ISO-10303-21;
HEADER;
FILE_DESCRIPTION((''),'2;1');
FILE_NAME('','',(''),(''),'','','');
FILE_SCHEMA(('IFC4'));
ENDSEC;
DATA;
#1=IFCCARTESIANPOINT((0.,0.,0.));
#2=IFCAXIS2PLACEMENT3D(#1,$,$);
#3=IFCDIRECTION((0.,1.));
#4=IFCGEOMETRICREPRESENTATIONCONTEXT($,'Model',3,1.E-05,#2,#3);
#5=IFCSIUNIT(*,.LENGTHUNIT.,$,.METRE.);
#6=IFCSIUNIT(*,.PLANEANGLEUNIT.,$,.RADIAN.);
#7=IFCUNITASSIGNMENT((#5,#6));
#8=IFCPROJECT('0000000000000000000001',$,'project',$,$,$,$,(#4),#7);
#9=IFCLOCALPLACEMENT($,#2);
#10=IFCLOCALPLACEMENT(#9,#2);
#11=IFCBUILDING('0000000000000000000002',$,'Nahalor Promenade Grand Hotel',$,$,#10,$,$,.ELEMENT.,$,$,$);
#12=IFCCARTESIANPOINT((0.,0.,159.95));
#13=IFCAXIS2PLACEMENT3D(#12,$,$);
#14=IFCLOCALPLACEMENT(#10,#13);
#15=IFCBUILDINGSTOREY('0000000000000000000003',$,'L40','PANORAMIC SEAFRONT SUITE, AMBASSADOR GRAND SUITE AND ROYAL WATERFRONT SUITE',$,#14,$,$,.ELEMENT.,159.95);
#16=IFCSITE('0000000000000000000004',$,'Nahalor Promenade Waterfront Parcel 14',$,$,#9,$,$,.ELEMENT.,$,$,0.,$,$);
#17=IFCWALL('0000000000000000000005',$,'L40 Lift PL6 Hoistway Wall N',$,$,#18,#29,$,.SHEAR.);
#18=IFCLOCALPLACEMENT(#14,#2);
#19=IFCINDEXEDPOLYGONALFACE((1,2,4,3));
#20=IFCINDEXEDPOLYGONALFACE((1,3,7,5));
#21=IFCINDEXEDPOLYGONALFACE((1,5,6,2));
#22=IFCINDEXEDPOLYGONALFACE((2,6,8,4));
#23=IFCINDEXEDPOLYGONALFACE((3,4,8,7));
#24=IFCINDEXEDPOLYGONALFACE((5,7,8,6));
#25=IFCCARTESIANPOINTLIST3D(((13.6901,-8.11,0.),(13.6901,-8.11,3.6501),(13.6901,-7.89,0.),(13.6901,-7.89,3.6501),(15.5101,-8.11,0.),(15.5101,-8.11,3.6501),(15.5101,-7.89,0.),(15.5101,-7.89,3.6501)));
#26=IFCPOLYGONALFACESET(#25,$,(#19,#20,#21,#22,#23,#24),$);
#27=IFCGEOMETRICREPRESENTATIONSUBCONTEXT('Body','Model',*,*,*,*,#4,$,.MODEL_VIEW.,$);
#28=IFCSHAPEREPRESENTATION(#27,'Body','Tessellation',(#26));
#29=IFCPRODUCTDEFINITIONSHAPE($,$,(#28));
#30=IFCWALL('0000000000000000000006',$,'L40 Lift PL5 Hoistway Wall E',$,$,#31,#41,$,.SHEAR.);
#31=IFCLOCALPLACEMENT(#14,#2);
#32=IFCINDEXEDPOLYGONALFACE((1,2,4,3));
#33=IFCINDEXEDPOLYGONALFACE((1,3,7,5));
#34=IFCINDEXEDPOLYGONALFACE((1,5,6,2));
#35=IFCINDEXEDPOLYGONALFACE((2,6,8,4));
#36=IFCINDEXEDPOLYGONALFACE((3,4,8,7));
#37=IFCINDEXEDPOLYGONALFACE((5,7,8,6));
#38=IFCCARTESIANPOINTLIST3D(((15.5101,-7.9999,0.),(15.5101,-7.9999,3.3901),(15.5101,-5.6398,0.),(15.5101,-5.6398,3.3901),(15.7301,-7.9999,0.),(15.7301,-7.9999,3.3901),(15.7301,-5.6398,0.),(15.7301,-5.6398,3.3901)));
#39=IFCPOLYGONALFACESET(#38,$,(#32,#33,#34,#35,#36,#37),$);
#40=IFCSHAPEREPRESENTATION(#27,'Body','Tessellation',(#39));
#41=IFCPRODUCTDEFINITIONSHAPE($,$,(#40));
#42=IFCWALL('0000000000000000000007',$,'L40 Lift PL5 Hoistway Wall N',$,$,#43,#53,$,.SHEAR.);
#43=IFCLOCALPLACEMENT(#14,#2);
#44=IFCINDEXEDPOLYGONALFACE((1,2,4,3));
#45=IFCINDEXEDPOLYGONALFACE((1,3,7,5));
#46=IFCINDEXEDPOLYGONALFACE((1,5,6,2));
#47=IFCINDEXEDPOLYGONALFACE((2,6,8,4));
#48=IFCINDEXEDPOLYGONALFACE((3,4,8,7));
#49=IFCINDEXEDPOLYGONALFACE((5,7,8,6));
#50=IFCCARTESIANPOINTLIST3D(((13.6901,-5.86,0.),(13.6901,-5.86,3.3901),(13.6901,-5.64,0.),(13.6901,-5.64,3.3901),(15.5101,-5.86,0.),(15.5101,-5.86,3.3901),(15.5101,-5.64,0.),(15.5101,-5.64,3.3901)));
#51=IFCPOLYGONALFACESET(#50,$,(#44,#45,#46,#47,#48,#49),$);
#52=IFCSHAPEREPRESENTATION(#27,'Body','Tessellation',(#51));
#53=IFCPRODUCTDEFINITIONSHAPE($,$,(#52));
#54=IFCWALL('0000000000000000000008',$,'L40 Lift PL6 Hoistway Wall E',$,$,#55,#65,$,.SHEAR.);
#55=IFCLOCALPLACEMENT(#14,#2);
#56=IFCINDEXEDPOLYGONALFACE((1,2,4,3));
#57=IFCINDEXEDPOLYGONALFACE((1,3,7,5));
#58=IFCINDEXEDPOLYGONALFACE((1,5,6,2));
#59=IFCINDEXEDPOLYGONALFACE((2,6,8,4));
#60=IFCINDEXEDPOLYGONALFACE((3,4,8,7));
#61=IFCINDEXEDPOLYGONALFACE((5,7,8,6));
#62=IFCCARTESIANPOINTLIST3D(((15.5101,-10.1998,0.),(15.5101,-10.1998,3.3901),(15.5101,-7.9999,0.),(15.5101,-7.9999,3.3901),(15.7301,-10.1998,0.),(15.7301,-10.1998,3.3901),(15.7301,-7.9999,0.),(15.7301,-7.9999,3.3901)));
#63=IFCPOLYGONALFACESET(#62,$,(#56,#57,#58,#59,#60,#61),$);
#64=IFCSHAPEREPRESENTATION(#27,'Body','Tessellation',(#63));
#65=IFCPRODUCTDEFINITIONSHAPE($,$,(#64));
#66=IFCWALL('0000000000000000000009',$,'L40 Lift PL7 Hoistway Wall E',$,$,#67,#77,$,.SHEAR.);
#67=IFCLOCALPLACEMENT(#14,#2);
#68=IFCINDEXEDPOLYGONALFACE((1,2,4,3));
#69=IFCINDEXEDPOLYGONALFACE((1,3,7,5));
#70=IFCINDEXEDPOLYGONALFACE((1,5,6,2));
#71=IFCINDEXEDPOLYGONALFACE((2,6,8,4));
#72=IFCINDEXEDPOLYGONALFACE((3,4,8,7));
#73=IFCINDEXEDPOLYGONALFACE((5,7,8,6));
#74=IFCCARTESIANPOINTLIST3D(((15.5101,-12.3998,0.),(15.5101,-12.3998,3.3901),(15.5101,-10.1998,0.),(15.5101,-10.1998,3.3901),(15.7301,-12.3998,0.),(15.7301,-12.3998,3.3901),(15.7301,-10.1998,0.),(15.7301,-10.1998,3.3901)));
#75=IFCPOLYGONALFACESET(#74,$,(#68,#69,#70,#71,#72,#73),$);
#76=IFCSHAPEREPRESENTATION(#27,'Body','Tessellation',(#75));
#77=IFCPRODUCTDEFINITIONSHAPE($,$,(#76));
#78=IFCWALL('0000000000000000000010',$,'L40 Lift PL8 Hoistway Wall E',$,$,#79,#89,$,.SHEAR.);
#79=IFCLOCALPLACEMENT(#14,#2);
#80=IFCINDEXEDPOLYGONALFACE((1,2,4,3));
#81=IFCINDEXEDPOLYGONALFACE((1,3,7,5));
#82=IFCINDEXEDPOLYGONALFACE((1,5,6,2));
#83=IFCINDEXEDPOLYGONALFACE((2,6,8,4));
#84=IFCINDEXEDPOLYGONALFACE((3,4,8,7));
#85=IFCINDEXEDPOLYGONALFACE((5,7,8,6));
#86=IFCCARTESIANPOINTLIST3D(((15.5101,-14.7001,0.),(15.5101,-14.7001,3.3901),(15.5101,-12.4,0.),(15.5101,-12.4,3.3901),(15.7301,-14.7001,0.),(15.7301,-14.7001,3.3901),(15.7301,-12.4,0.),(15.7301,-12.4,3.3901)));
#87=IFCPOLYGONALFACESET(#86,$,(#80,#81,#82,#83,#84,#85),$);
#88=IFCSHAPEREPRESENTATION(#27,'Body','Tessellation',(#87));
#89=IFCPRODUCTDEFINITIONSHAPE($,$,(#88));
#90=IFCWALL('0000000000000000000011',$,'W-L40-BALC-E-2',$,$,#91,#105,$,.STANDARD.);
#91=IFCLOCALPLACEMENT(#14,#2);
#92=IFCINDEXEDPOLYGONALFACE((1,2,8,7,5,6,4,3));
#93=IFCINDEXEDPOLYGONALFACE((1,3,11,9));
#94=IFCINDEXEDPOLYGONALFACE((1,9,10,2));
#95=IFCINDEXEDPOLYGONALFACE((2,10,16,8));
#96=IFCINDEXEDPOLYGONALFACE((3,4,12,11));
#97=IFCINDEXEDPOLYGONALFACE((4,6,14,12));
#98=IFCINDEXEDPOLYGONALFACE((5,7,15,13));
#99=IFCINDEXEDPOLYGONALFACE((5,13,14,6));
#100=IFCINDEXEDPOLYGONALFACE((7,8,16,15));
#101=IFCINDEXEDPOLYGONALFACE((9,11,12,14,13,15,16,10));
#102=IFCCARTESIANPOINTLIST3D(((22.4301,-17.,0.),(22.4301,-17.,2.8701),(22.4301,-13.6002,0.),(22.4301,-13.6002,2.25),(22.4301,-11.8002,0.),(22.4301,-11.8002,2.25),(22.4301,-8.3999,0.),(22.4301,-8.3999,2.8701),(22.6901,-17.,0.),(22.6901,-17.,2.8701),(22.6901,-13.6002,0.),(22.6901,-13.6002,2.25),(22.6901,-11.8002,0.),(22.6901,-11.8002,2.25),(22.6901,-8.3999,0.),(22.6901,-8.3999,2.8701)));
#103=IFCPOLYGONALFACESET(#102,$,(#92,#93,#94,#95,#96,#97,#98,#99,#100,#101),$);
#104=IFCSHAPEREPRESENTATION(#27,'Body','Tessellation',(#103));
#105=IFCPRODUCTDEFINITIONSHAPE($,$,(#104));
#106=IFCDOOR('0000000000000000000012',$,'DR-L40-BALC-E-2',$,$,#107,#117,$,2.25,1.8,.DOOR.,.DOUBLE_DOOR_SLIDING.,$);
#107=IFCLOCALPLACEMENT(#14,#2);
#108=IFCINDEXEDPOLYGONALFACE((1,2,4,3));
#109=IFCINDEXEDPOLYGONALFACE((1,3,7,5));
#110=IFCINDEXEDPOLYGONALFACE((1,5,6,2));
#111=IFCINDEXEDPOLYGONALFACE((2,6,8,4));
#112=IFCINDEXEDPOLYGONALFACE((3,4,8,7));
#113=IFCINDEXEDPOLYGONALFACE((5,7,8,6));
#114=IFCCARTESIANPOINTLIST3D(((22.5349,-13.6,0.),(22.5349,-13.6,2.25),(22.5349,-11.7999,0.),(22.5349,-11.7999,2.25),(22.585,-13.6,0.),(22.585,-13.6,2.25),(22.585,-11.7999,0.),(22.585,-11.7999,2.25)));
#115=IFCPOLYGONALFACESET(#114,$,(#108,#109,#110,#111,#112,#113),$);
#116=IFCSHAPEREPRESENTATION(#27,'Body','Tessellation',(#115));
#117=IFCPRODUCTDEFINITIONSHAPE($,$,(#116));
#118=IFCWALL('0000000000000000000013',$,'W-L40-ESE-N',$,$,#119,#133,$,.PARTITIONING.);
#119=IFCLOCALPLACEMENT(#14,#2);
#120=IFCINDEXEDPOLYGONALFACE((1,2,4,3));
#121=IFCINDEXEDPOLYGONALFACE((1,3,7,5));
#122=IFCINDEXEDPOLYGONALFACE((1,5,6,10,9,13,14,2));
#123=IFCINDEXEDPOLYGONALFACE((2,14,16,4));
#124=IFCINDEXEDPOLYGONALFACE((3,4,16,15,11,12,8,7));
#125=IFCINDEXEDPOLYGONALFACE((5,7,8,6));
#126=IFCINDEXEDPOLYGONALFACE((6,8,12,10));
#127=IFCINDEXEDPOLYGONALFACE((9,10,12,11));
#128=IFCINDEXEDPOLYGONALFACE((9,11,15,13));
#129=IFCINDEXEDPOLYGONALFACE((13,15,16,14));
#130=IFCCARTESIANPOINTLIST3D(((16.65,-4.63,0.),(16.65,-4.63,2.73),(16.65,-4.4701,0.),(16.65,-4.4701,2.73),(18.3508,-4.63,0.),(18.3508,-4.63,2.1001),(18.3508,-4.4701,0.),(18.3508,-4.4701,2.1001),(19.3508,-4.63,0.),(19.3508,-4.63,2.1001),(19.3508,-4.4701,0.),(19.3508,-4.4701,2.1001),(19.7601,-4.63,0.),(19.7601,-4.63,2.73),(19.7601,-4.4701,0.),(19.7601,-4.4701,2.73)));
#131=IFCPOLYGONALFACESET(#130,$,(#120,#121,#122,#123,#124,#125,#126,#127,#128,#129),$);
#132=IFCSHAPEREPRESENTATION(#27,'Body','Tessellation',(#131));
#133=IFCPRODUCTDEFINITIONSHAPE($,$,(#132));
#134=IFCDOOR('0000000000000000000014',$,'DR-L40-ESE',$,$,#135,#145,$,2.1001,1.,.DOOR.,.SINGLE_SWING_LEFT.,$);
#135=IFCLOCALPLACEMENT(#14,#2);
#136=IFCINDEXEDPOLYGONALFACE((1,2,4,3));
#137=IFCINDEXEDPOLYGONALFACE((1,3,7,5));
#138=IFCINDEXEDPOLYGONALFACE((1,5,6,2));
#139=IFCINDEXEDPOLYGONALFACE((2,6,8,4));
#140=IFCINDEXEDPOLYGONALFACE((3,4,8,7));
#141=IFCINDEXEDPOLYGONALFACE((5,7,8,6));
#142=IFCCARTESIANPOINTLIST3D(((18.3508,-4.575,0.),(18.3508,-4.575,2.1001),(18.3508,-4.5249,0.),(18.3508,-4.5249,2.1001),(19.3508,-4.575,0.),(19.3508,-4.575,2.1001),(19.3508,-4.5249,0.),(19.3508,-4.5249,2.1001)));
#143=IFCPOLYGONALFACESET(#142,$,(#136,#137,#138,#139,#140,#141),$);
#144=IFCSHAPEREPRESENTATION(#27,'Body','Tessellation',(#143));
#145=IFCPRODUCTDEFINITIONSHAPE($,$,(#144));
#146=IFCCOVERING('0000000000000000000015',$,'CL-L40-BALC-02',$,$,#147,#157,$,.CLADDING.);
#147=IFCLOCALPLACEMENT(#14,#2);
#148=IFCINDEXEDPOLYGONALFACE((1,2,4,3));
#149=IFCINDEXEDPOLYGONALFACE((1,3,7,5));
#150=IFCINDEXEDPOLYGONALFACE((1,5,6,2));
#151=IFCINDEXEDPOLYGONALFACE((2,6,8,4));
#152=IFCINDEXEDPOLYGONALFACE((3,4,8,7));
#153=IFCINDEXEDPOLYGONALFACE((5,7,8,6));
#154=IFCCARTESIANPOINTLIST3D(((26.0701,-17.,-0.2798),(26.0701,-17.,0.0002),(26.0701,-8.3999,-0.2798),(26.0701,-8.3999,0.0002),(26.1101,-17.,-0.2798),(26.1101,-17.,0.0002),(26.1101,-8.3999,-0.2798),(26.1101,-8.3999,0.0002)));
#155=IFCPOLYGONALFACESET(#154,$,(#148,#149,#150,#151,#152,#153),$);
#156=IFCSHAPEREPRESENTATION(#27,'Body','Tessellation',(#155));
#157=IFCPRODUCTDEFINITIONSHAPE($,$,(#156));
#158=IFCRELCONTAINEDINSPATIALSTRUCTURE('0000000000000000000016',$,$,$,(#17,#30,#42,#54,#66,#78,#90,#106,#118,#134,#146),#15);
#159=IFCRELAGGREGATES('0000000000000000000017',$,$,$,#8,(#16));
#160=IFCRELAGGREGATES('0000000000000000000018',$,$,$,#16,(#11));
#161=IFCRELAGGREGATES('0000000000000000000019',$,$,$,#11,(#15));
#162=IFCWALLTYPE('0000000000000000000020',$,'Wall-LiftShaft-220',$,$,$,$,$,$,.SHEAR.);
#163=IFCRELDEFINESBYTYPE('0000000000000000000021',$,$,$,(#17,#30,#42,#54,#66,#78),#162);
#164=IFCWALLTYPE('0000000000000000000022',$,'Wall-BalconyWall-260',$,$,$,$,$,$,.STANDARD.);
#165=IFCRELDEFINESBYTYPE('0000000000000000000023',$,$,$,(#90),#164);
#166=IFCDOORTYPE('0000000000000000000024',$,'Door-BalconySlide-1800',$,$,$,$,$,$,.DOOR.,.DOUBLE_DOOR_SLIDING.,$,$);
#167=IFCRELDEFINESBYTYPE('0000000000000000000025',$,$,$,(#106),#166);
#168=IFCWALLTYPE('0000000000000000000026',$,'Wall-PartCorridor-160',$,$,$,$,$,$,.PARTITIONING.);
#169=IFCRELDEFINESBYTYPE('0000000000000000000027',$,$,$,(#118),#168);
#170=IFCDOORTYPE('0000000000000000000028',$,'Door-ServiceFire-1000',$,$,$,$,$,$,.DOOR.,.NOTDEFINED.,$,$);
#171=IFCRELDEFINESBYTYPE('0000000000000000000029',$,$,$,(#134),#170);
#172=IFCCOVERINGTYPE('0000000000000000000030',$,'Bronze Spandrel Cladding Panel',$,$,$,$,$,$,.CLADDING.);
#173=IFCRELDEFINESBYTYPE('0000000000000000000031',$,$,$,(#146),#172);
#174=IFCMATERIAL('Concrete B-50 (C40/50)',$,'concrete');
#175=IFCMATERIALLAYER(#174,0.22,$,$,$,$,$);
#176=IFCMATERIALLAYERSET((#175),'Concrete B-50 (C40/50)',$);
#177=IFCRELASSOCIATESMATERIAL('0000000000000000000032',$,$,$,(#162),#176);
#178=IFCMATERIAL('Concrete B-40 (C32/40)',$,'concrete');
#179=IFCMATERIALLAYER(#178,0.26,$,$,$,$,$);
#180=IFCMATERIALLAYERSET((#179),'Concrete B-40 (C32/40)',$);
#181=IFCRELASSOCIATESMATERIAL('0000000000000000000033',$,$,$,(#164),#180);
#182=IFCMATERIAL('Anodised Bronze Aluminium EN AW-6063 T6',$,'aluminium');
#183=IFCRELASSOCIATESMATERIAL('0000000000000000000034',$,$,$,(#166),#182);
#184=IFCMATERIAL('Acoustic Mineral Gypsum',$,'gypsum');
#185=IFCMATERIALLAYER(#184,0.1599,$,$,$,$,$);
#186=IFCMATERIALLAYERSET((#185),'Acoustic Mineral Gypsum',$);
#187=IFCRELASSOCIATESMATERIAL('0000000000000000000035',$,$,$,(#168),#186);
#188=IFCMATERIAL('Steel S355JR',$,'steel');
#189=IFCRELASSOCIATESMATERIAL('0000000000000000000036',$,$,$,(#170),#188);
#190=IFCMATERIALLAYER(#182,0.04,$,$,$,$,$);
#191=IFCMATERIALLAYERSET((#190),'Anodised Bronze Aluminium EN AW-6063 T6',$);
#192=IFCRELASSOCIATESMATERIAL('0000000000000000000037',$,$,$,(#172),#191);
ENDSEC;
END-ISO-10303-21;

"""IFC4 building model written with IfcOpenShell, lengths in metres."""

from ifc_helpers import new_model, si_unit, direction, frame, frame_2d, origin, origin_2d, place, context, subcontext, project, spatial, rectangle, extrude, source, transform, mapped, material, layer, layer_set, type_object, element, fill, save


model = new_model("IFC4")

# Units and contexts
model_context = context("Model", 3, precision=1e-05, world=origin(), true_north=direction((0.0, 1.0)))
body_context = subcontext(model_context, "Body", "Model", "MODEL_VIEW")
ifc_project = project(units=[si_unit("LENGTHUNIT", "METRE"), si_unit("PLANEANGLEUNIT", "RADIAN")], contexts=[model_context])

# Site, building, storey
site_placement = place(None, origin())
site = spatial("IfcSite", under=ifc_project, at=site_placement, Name="Nahalor Promenade Waterfront Parcel 14", CompositionType="ELEMENT", RefElevation=0.0)
building_placement = place(site_placement, origin())
building = spatial("IfcBuilding", under=site, at=building_placement, Name="Nahalor Promenade Grand Hotel", CompositionType="ELEMENT")
storey_placement = place(building_placement, frame((0.0, 0.0, 159.95)))
storey = spatial("IfcBuildingStorey", under=building, at=storey_placement, Name="L40", Description="PANORAMIC SEAFRONT SUITE, AMBASSADOR GRAND SUITE AND ROYAL WATERFRONT SUITE", CompositionType="ELEMENT", Elevation=159.95)

# Shared definitions
ifc_material_1 = material(Name="Steel S355JR", Category="steel")

# Shared definitions
ifc_material_2 = material(Name="Anodised Bronze Aluminium EN AW-6063 T6", Category="aluminium")

# Walls
ifc_material_3 = material(Name="Concrete B-50 (C40/50)", Category="concrete")
ifc_layer_1 = layer(ifc_material_3, 0.22)
ifc_layer_set_1 = layer_set([ifc_layer_1], Name="Concrete B-50 (C40/50)")
wall_type_1 = type_object("IfcWallType", Name="Wall-LiftShaft-220", PredefinedType="SHEAR", material=ifc_layer_set_1)
shared_shape_1 = source(origin(), body_context, "Body", "SweptSolid", [
    extrude(rectangle(XDim=1.8201, YDim=0.22, at=frame_2d((0.9102, 0.0))), origin(), (0.0, 0.0, 1.0), 3.6501),
])
wall_1_placement = place(storey_placement, frame((13.6899, -8.0, 0.0), z_axis=(0.0, 0.0, 1.0), x_axis=(1.0, 0.0, 0.0)))
element("IfcWall", 1, at=wall_1_placement, inside=storey, type_object=wall_type_1, Name="L40 Lift PL6 Hoistway Wall N", PredefinedType="SHEAR", context=body_context, shape_type="MappedRepresentation", body=[
    mapped(shared_shape_1, transform((0.0, 0.0, 0.0), scale=1.0)),
])
shared_shape_2 = source(origin(), body_context, "Body", "SweptSolid", [
    extrude(rectangle(XDim=2.3601, YDim=0.22, at=frame_2d((1.1802, 0.0))), origin(), (0.0, 0.0, 1.0), 3.3901),
])
wall_2_placement = place(storey_placement, frame((15.6201, -8.0, 0.0), z_axis=(0.0, 0.0, 1.0), x_axis=(0.0, 1.0, 0.0)))
element("IfcWall", 2, at=wall_2_placement, inside=storey, type_object=wall_type_1, Name="L40 Lift PL5 Hoistway Wall E", PredefinedType="SHEAR", context=body_context, shape_type="MappedRepresentation", body=[
    mapped(shared_shape_2, transform((0.0, 0.0, 0.0), scale=1.0)),
])
shared_shape_3 = source(origin(), body_context, "Body", "SweptSolid", [
    extrude(rectangle(XDim=1.8201, YDim=0.22, at=frame_2d((0.9102, 0.0))), origin(), (0.0, 0.0, 1.0), 3.3901),
])
wall_3_placement = place(storey_placement, frame((13.6899, -5.75, 0.0), z_axis=(0.0, 0.0, 1.0), x_axis=(1.0, 0.0, 0.0)))
element("IfcWall", 3, at=wall_3_placement, inside=storey, type_object=wall_type_1, Name="L40 Lift PL5 Hoistway Wall N", PredefinedType="SHEAR", context=body_context, shape_type="MappedRepresentation", body=[
    mapped(shared_shape_3, transform((0.0, 0.0, 0.0), scale=1.0)),
])
shared_shape_4 = source(origin(), body_context, "Body", "SweptSolid", [
    extrude(rectangle(XDim=2.2, YDim=0.22, at=frame_2d((1.1001, 0.0))), origin(), (0.0, 0.0, 1.0), 3.3901),
])
for number, where, z_axis, x_axis, name in (
    (4, (15.6201, -10.2, 0.0), (0.0, 0.0, 1.0), (0.0, 1.0, 0.0), "L40 Lift PL6 Hoistway Wall E"),
    (5, (15.6201, -12.3999, 0.0), (0.0, 0.0, 1.0), (0.0, 1.0, 0.0), "L40 Lift PL7 Hoistway Wall E"),
):
    element("IfcWall", number, at=place(storey_placement, frame(where, z_axis=z_axis, x_axis=x_axis)), inside=storey, type_object=wall_type_1, Name=name, PredefinedType="SHEAR", context=body_context, shape_type="MappedRepresentation", body=[
        mapped(shared_shape_4, transform((0.0, 0.0, 0.0), scale=1.0)),
    ])
shared_shape_5 = source(origin(), body_context, "Body", "SweptSolid", [
    extrude(rectangle(XDim=2.3, YDim=0.22, at=frame_2d((1.1499, 0.0))), origin(), (0.0, 0.0, 1.0), 3.3901),
])
wall_4_placement = place(storey_placement, frame((15.6201, -14.7, 0.0), z_axis=(0.0, 0.0, 1.0), x_axis=(0.0, 1.0, 0.0)))
element("IfcWall", 6, at=wall_4_placement, inside=storey, type_object=wall_type_1, Name="L40 Lift PL8 Hoistway Wall E", PredefinedType="SHEAR", context=body_context, shape_type="MappedRepresentation", body=[
    mapped(shared_shape_5, transform((0.0, 0.0, 0.0), scale=1.0)),
])

# Walls, openings, doors
ifc_material_4 = material(Name="Concrete B-40 (C32/40)", Category="concrete")
ifc_layer_2 = layer(ifc_material_4, 0.26)
ifc_layer_set_2 = layer_set([ifc_layer_2], Name="Concrete B-40 (C32/40)")
wall_type_2 = type_object("IfcWallType", Name="Wall-BalconyWall-260", PredefinedType="STANDARD", material=ifc_layer_set_2)
shared_shape_6 = source(origin(), body_context, "Body", "SweptSolid", [
    extrude(rectangle(XDim=8.6001, YDim=0.26, at=frame_2d((4.3, 0.0))), origin(), (0.0, 0.0, 1.0), 2.8701),
])
wall_5_placement = place(storey_placement, frame((22.5601, -17.0, 0.0), z_axis=(0.0, 0.0, 1.0), x_axis=(0.0, 1.0, 0.0)))
wall_5 = element("IfcWall", 7, at=wall_5_placement, inside=storey, type_object=wall_type_2, Name="W-L40-BALC-E-2", PredefinedType="STANDARD", context=body_context, shape_type="MappedRepresentation", body=[
    mapped(shared_shape_6, transform((0.0, 0.0, 0.0), scale=1.0)),
])
opening_1_placement = place(wall_5_placement, frame((3.3999, 0.0, 0.0)))
opening_1 = element("IfcOpeningElement", 8, at=opening_1_placement, cuts=wall_5, PredefinedType="OPENING", context=body_context, shape_type="SweptSolid", body=[
    extrude(rectangle(XDim=1.8, YDim=2.25, at=frame_2d((0.8999, 1.125))), frame((0.0, 0.1399, 0.0), z_axis=(0.0, -1.0, 0.0), x_axis=(1.0, 0.0, 0.0)), (0.0, 0.0, 1.0), 0.28),
])
door_type_1 = type_object("IfcDoorType", Name="Door-BalconySlide-1800", OperationType="DOUBLE_DOOR_SLIDING", PredefinedType="DOOR", material=ifc_material_2)
shared_shape_7 = source(origin(), body_context, "Body", "SweptSolid", [
    extrude(rectangle(XDim=1.8, YDim=2.25, at=frame_2d((0.8999, 1.125))), frame((0.0, 0.0249, 0.0), z_axis=(0.0, -1.0, 0.0), x_axis=(1.0, 0.0, 0.0)), (0.0, 0.0, 1.0), 0.05),
])
door_1_placement = place(opening_1_placement, frame((1.8, 0.0, 0.0), z_axis=(0.0, 0.0, 1.0), x_axis=(-1.0, 0.0, 0.0)))
door_1 = element("IfcDoor", 9, at=door_1_placement, inside=storey, type_object=door_type_1, Name="DR-L40-BALC-E-2", OperationType="DOUBLE_DOOR_SLIDING", OverallHeight=2.25, OverallWidth=1.8, PredefinedType="DOOR", context=body_context, shape_type="MappedRepresentation", body=[
    mapped(shared_shape_7, transform((0.0, 0.0, 0.0), scale=1.0)),
])
fill(opening_1, door_1)
ifc_material_5 = material(Name="Acoustic Mineral Gypsum", Category="gypsum")
ifc_layer_3 = layer(ifc_material_5, 0.1599)
ifc_layer_set_3 = layer_set([ifc_layer_3], Name="Acoustic Mineral Gypsum")
wall_type_3 = type_object("IfcWallType", Name="Wall-PartCorridor-160", PredefinedType="PARTITIONING", material=ifc_layer_set_3)
shared_shape_8 = source(origin(), body_context, "Body", "SweptSolid", [
    extrude(rectangle(XDim=3.1101, YDim=0.1599, at=frame_2d((1.5552, 0.0))), origin(), (0.0, 0.0, 1.0), 2.73),
])
wall_6_placement = place(storey_placement, frame((16.6499, -4.55, 0.0), z_axis=(0.0, 0.0, 1.0), x_axis=(1.0, 0.0, 0.0)))
wall_6 = element("IfcWall", 10, at=wall_6_placement, inside=storey, type_object=wall_type_3, Name="W-L40-ESE-N", PredefinedType="PARTITIONING", context=body_context, shape_type="MappedRepresentation", body=[
    mapped(shared_shape_8, transform((0.0, 0.0, 0.0), scale=1.0)),
])
opening_2_placement = place(wall_6_placement, frame((1.7009, 0.0, 0.0)))
opening_2 = element("IfcOpeningElement", 11, at=opening_2_placement, cuts=wall_6, PredefinedType="OPENING", context=body_context, shape_type="SweptSolid", body=[
    extrude(rectangle(XDim=1.0, YDim=2.1001, at=frame_2d((0.5, 1.05))), frame((0.0, 0.0898, 0.0), z_axis=(0.0, -1.0, 0.0), x_axis=(1.0, 0.0, 0.0)), (0.0, 0.0, 1.0), 0.1799),
])
door_type_2 = type_object("IfcDoorType", Name="Door-ServiceFire-1000", OperationType="NOTDEFINED", PredefinedType="DOOR", material=ifc_material_1)
shared_shape_9 = source(origin(), body_context, "Body", "SweptSolid", [
    extrude(rectangle(XDim=1.0, YDim=2.1001, at=frame_2d((0.5, 1.05))), frame((0.0, 0.0249, 0.0), z_axis=(0.0, -1.0, 0.0), x_axis=(1.0, 0.0, 0.0)), (0.0, 0.0, 1.0), 0.05),
])
door_2_placement = place(opening_2_placement, frame((1.0, 0.0, 0.0), z_axis=(0.0, 0.0, 1.0), x_axis=(-1.0, 0.0, 0.0)))
door_2 = element("IfcDoor", 12, at=door_2_placement, inside=storey, type_object=door_type_2, Name="DR-L40-ESE", OperationType="SINGLE_SWING_LEFT", OverallHeight=2.1001, OverallWidth=1.0, PredefinedType="DOOR", context=body_context, shape_type="MappedRepresentation", body=[
    mapped(shared_shape_9, transform((0.0, 0.0, 0.0), scale=1.0)),
])
fill(opening_2, door_2)

# Covering
ifc_layer_4 = layer(ifc_material_2, 0.04)
ifc_layer_set_4 = layer_set([ifc_layer_4], Name="Anodised Bronze Aluminium EN AW-6063 T6")
covering_type = type_object("IfcCoveringType", Name="Bronze Spandrel Cladding Panel", PredefinedType="CLADDING", material=ifc_layer_set_4)
shared_shape_10 = source(origin(), body_context, "Body", "SweptSolid", [
    extrude(rectangle(XDim=8.6001, YDim=0.04, at=origin_2d()), origin(), (0.0, 0.0, 1.0), 0.28),
])
covering_placement = place(storey_placement, frame((26.0901, -12.7, -0.2798), z_axis=(0.0, 0.0, 1.0), x_axis=(0.0, 1.0, 0.0)))
element("IfcCovering", 13, at=covering_placement, inside=storey, type_object=covering_type, Name="CL-L40-BALC-02", PredefinedType="CLADDING", context=body_context, shape_type="MappedRepresentation", body=[
    mapped(shared_shape_10, transform((0.0, 0.0, 0.0), scale=1.0)),
])

save(model, "model.ifc")
